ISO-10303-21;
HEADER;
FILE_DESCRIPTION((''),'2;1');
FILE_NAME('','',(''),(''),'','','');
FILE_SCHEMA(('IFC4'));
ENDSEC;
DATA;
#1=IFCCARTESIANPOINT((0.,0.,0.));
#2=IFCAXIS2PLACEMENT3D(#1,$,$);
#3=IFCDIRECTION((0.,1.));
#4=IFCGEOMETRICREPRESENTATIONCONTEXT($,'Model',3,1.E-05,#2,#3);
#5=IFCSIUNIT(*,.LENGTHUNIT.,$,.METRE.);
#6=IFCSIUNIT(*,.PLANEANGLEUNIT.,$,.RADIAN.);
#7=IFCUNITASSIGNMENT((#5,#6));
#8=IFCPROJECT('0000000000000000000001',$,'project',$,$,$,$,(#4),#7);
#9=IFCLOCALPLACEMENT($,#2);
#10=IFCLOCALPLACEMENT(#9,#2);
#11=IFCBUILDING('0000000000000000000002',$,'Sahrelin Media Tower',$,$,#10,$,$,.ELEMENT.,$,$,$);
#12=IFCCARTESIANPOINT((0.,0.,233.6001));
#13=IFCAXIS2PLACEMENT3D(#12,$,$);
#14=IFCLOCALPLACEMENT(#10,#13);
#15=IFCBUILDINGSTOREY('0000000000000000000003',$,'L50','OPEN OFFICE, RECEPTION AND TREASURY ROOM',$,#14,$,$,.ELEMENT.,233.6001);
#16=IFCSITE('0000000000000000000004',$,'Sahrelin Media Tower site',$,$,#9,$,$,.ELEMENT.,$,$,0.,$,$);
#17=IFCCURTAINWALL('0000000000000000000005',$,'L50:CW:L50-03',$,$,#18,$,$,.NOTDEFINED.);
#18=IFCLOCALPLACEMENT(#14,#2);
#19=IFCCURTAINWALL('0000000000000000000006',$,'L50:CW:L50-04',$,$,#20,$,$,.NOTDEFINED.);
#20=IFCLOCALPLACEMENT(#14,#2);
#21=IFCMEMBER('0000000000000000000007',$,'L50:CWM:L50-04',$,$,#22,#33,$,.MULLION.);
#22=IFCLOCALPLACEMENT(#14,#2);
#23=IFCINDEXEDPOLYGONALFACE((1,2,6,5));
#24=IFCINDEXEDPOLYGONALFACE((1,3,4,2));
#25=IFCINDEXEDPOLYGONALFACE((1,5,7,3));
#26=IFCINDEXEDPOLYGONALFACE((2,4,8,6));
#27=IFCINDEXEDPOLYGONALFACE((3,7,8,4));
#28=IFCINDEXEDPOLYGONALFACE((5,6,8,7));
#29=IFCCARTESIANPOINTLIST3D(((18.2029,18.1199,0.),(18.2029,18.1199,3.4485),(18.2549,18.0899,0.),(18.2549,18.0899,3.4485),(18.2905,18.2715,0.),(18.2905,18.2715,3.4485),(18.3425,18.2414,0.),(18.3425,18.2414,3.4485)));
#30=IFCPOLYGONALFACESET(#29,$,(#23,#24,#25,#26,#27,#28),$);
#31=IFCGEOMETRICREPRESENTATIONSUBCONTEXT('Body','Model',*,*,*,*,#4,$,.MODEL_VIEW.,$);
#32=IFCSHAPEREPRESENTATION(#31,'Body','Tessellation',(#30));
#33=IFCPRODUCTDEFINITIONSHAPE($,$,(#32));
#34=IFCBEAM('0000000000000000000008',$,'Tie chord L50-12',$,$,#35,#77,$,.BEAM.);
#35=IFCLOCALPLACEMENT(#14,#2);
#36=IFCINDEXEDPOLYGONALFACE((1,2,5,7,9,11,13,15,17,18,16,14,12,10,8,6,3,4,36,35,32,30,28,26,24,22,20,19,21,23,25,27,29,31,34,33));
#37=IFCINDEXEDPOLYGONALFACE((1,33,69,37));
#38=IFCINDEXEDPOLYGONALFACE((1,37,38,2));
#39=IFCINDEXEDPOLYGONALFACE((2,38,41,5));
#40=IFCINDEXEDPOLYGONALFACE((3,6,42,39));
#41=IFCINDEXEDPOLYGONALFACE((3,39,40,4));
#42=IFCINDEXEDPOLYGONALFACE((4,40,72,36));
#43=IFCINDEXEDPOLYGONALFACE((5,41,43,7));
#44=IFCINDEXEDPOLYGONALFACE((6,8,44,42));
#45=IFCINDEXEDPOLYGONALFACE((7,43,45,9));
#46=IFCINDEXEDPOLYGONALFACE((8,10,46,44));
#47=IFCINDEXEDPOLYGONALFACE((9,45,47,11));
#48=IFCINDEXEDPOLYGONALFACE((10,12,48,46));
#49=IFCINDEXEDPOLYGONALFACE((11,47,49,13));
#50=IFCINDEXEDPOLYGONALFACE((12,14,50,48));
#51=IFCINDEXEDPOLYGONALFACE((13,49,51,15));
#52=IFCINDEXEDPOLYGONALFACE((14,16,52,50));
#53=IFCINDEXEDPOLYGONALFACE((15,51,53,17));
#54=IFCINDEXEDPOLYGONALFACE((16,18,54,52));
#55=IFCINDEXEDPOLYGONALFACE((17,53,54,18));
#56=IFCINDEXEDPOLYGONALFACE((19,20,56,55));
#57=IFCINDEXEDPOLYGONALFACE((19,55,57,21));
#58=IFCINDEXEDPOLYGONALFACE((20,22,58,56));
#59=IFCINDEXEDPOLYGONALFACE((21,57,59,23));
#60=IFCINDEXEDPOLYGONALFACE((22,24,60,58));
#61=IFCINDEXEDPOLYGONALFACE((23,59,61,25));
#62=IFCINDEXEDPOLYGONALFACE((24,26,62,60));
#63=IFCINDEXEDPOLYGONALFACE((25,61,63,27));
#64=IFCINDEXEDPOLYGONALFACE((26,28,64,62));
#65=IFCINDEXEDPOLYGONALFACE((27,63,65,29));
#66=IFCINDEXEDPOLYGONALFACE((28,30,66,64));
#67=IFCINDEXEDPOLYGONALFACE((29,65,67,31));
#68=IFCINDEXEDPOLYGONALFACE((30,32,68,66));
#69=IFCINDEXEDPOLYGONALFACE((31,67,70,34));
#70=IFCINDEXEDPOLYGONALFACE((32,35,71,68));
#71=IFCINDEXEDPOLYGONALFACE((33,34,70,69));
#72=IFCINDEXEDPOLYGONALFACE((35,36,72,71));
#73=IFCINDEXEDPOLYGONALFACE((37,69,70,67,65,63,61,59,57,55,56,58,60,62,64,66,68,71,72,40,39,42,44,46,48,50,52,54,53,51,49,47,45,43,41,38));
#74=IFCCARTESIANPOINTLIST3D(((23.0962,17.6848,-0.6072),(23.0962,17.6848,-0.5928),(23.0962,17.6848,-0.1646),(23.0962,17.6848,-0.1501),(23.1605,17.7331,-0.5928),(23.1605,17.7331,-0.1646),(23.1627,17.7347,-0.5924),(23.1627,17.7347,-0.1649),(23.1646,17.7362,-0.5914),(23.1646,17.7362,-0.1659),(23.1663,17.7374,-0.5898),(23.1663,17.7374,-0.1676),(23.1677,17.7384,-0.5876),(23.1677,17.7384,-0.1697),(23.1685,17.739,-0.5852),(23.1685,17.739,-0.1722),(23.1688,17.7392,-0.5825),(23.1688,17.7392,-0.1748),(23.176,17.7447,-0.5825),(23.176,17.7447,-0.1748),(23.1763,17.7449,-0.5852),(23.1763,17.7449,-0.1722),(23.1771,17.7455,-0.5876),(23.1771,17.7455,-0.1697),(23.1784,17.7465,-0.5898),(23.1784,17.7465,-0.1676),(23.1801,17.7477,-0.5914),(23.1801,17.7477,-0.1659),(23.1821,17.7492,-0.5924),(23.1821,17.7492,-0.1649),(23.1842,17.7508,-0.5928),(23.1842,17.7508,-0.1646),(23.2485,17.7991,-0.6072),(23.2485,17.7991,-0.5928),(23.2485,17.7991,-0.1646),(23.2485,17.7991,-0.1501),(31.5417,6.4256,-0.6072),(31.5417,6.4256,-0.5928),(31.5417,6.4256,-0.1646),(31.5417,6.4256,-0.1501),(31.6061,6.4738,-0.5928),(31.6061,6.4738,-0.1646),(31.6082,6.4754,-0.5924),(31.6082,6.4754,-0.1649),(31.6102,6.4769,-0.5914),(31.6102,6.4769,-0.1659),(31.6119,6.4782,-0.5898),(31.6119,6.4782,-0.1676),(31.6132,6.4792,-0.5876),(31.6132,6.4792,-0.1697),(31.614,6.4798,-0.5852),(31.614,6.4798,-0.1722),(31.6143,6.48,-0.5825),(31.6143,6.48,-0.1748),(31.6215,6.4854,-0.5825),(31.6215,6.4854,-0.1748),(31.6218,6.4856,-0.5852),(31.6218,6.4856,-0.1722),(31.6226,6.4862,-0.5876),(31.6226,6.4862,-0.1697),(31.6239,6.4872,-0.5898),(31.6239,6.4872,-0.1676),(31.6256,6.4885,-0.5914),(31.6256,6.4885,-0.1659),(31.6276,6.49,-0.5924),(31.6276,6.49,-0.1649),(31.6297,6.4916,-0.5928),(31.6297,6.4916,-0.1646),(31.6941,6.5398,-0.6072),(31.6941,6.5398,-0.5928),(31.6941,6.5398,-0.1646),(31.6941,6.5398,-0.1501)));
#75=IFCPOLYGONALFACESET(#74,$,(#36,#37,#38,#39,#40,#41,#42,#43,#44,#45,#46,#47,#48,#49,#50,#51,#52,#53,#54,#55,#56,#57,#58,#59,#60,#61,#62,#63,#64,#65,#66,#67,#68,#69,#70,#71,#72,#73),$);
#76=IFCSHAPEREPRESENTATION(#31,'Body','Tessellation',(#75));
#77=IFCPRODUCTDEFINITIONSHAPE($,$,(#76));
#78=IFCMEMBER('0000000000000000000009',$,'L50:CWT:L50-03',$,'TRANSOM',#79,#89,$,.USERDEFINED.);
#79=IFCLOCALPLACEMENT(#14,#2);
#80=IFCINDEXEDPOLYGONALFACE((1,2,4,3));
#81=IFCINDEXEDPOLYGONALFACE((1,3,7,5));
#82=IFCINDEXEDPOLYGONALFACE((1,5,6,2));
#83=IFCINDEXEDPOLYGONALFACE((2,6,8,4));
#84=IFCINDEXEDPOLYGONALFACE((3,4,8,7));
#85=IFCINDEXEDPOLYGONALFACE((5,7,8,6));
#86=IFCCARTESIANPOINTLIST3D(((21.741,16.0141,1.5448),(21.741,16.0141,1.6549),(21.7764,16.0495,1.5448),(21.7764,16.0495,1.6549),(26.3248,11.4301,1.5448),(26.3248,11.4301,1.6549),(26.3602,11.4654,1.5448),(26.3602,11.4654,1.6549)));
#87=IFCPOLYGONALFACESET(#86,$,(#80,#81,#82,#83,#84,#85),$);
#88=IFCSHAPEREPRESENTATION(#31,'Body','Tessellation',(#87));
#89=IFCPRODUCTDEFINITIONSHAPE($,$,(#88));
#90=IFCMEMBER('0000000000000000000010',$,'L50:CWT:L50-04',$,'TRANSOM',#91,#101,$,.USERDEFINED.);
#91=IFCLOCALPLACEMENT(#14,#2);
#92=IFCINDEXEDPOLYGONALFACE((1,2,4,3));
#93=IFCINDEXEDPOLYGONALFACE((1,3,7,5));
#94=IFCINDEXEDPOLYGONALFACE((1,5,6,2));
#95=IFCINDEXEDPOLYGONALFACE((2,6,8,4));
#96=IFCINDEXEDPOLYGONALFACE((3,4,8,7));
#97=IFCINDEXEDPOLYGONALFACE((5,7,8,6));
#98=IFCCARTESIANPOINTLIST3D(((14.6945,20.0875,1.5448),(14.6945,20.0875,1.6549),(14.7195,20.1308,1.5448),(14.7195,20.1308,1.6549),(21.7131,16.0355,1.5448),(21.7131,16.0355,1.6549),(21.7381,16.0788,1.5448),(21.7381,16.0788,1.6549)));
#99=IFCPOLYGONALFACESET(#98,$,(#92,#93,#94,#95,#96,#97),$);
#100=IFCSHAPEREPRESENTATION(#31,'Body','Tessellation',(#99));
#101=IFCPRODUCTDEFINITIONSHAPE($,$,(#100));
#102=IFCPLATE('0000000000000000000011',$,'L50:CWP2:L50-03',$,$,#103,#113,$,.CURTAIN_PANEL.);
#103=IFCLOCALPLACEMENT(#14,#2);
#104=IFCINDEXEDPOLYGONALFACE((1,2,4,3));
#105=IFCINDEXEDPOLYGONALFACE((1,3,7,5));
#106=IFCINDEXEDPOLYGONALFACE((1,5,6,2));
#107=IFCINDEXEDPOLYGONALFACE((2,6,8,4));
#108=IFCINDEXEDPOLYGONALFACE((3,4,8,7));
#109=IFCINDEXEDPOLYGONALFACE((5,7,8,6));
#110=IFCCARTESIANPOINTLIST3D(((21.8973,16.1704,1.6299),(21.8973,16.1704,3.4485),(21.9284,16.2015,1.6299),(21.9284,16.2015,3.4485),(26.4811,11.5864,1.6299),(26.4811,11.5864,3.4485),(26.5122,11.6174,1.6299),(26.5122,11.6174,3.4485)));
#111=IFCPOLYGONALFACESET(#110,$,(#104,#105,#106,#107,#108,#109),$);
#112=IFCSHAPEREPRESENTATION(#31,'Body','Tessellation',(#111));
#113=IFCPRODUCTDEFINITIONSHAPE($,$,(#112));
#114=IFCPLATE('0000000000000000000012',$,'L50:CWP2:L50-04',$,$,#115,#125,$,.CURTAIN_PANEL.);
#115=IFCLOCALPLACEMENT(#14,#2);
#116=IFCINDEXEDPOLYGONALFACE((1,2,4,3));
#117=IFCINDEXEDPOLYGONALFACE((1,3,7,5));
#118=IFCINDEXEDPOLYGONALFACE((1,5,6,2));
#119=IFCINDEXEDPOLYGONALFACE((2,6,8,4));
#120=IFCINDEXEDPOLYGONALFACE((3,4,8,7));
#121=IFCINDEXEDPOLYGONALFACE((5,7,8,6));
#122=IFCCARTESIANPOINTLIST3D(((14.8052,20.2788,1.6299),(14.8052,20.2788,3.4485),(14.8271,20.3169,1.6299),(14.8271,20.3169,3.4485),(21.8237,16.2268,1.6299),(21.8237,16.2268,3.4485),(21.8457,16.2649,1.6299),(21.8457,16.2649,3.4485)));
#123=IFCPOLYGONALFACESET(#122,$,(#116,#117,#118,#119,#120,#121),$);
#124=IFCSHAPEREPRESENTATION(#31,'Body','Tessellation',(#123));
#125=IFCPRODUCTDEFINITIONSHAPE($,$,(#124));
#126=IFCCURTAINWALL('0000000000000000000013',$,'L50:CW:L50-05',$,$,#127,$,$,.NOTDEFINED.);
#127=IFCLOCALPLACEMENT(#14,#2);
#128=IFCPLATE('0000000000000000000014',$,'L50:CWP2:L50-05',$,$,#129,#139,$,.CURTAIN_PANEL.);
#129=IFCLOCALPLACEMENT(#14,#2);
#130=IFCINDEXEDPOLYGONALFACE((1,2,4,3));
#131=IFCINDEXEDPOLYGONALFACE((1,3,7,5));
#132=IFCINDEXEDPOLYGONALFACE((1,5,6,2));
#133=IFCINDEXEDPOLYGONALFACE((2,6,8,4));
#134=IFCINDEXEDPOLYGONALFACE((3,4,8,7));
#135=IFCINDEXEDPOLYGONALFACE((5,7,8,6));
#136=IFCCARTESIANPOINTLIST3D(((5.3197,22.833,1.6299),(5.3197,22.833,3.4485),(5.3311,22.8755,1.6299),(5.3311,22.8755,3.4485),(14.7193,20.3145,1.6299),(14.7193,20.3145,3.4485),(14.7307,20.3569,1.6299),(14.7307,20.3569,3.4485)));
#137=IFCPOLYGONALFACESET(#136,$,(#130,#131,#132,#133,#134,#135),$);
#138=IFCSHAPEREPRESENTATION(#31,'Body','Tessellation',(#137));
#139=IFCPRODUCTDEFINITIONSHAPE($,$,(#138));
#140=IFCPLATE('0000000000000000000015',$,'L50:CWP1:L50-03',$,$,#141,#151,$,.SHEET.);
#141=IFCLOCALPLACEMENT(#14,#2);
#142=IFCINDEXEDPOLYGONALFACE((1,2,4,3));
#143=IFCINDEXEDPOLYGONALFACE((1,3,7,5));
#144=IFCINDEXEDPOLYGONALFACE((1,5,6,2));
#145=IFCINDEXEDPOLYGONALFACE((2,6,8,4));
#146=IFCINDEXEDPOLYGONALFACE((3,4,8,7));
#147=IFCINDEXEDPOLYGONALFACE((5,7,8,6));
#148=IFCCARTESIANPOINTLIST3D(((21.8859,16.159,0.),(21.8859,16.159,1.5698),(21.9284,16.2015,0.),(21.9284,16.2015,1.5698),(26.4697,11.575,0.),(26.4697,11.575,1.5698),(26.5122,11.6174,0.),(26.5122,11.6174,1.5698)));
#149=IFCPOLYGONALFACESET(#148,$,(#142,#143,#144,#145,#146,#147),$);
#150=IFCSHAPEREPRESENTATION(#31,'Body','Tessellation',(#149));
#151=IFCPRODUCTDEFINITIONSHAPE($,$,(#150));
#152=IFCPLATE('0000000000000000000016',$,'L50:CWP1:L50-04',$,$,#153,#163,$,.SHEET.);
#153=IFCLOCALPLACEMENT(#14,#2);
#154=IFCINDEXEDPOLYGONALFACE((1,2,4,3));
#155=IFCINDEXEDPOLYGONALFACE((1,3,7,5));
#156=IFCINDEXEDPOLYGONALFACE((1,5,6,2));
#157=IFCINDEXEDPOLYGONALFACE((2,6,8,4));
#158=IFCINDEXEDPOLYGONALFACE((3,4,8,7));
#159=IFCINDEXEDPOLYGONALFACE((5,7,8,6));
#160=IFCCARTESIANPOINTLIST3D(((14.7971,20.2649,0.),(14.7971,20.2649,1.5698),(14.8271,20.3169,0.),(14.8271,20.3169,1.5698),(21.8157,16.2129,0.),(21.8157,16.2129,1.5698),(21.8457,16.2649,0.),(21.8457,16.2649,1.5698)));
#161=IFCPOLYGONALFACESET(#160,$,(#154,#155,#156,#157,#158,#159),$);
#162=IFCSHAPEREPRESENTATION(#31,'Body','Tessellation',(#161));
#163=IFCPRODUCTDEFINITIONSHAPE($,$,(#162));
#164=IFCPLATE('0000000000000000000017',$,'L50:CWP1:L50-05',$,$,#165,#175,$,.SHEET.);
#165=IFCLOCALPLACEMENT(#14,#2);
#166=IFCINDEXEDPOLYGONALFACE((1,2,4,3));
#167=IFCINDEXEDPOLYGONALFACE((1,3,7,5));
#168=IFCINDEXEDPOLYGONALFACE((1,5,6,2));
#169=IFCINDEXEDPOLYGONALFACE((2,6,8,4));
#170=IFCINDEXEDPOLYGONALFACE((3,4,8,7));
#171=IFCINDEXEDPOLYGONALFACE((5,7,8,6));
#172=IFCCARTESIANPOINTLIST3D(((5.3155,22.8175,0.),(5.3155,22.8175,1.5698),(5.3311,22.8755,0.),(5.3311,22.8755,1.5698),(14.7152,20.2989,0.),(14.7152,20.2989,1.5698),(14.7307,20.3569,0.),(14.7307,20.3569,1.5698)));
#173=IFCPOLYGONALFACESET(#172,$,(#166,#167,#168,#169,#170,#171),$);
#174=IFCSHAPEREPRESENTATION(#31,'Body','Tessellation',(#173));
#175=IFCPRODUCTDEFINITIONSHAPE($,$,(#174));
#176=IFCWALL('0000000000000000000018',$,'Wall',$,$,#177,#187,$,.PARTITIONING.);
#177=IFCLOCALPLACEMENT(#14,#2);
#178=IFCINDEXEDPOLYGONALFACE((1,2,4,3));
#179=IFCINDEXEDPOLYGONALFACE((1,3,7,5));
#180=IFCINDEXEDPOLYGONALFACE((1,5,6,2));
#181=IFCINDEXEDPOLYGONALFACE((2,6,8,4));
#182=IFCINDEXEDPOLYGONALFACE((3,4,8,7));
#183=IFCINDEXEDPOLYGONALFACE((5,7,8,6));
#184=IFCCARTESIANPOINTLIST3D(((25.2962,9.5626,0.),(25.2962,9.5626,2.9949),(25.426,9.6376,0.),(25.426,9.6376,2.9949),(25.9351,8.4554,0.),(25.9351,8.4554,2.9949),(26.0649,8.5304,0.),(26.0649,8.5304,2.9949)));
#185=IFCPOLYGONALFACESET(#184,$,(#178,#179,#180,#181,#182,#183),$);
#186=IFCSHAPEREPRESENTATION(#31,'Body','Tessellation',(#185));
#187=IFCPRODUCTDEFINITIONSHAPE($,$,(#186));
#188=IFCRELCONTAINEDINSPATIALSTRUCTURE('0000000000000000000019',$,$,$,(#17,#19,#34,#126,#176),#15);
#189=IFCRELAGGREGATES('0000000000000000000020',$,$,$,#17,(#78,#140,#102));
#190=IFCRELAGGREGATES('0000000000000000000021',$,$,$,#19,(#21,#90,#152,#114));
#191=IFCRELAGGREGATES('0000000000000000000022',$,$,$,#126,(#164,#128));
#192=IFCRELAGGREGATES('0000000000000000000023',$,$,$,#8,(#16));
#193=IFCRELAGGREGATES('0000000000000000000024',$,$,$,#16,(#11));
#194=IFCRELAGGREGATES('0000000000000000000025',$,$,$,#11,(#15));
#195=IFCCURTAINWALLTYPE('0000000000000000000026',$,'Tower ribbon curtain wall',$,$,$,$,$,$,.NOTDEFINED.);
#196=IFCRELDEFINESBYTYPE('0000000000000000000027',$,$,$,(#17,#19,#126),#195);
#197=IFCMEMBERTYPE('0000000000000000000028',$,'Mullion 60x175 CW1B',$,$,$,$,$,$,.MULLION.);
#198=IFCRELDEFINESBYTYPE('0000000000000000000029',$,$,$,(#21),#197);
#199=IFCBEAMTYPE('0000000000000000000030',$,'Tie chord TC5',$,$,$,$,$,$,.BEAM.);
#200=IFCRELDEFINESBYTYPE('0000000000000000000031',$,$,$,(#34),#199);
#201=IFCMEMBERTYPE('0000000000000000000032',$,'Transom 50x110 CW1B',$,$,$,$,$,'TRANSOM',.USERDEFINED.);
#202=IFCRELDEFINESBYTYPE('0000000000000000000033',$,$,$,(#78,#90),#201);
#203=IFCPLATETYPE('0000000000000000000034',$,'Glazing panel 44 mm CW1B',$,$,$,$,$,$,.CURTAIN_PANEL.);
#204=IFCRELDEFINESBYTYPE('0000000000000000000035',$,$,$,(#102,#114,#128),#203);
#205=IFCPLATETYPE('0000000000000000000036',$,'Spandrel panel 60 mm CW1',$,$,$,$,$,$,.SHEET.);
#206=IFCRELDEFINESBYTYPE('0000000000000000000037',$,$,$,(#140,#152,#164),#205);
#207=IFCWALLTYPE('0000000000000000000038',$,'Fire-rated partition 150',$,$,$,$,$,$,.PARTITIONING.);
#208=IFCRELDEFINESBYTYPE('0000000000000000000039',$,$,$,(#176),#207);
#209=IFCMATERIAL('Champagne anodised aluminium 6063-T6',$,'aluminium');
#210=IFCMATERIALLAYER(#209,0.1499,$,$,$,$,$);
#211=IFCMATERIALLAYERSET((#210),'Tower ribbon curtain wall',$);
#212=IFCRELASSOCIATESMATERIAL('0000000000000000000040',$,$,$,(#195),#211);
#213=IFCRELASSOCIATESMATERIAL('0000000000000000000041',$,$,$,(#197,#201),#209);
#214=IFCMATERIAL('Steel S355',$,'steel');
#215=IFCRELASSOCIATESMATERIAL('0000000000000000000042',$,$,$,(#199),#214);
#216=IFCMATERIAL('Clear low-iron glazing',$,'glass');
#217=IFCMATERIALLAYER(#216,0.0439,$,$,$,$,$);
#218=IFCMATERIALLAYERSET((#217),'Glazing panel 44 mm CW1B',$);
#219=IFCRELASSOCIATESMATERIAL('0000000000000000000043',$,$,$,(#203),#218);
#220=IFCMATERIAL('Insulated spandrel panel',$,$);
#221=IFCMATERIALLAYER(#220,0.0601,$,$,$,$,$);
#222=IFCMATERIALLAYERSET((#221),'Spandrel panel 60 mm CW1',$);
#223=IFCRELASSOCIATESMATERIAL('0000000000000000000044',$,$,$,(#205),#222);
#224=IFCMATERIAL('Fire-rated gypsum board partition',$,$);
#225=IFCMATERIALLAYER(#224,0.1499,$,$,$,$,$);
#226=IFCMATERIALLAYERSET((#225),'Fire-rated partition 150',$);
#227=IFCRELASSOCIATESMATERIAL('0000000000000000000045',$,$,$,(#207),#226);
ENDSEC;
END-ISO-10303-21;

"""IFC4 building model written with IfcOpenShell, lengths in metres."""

from ifc_helpers import new_model, si_unit, direction, frame, frame_2d, origin, origin_2d, place, context, subcontext, project, spatial, polyline, rectangle, i_section, outline, extrude, material, layer, layer_set, material_profile, profile_set, type_object, element, aggregate, save


model = new_model("IFC4")

# Units and contexts
model_context = context("Model", 3, precision=1e-05, world=origin(), true_north=direction((0.0, 1.0)))
body_context = subcontext(model_context, "Body", "Model", "MODEL_VIEW")
ifc_project = project(units=[si_unit("LENGTHUNIT", "METRE"), si_unit("PLANEANGLEUNIT", "RADIAN")], contexts=[model_context])

# Site, building, storey
site_placement = place(None, origin())
site = spatial("IfcSite", under=ifc_project, at=site_placement, Name="Sahrelin Media Tower site", CompositionType="ELEMENT", RefElevation=0.0)
building_placement = place(site_placement, origin())
building = spatial("IfcBuilding", under=site, at=building_placement, Name="Sahrelin Media Tower", CompositionType="ELEMENT")
storey_placement = place(building_placement, frame((0.0, 0.0, 233.6001)))
storey = spatial("IfcBuildingStorey", under=building, at=storey_placement, Name="L50", Description="OPEN OFFICE, RECEPTION AND TREASURY ROOM", CompositionType="ELEMENT", Elevation=233.6001)

# Shared definitions
ifc_material_1 = material(Name="Steel S355", Category="steel")

# Curtain walls, member
ifc_material_2 = material(Name="Champagne anodised aluminium 6063-T6", Category="aluminium")
ifc_layer_1 = layer(ifc_material_2, 0.1499)
ifc_layer_set_1 = layer_set([ifc_layer_1], Name="Tower ribbon curtain wall")
curtain_wall_type = type_object("IfcCurtainWallType", Name="Tower ribbon curtain wall", PredefinedType="NOTDEFINED", material=ifc_layer_set_1)
curtain_wall_1_placement = place(storey_placement, frame((24.2063, 13.8953, 0.0), z_axis=(0.0, 0.0, 1.0), x_axis=(1.0, 0.0, 0.0)))
curtain_wall_1 = element("IfcCurtainWall", 1, at=curtain_wall_1_placement, inside=storey, type_object=curtain_wall_type, Name="L50:CW:L50-03", PredefinedType="NOTDEFINED")
ifc_material_profile_1 = material_profile(ifc_material_2, rectangle(XDim=0.0601, YDim=0.175, at=origin_2d()), Name="Mullion 60x175")
ifc_profile_set_1 = profile_set([ifc_material_profile_1], Name="Champagne anodised aluminium 6063-T6")
member_type_1 = type_object("IfcMemberType", Name="Mullion 60x175 CW1B", PredefinedType="MULLION", material=ifc_profile_set_1)
curtain_wall_2_placement = place(storey_placement, frame((18.3264, 18.2737, 0.0), z_axis=(0.0, 0.0, 1.0), x_axis=(1.0, 0.0, 0.0)))
curtain_wall_2 = element("IfcCurtainWall", 2, at=curtain_wall_2_placement, inside=storey, type_object=curtain_wall_type, Name="L50:CW:L50-04", PredefinedType="NOTDEFINED")
member_1_placement = place(storey_placement, frame((18.2727, 18.1807, 0.0), z_axis=(0.0, 0.0, 1.0), x_axis=(-0.866027, 0.499997, 0.0)))
member_1 = element("IfcMember", 3, at=member_1_placement, type_object=member_type_1, Name="L50:CWM:L50-04", PredefinedType="MULLION", context=body_context, shape_type="SweptSolid", body=[
    extrude(rectangle(XDim=0.0601, YDim=0.175, at=origin_2d()), origin(), (0.0, 0.0, 1.0), 3.4485),
])

# Beam
ifc_material_profile_2 = material_profile(ifc_material_1, i_section(OverallWidth=0.1904, OverallDepth=0.457, WebThickness=0.009, FlangeThickness=0.0144, FilletRadius=0.0103, at=origin_2d()), Name="UB 457x191x74")
ifc_profile_set_2 = profile_set([ifc_material_profile_2], Name="Steel S355")
beam_type_1 = type_object("IfcBeamType", Name="Tie chord TC5", PredefinedType="BEAM", material=ifc_profile_set_2)
beam_1_placement = place(storey_placement, frame((23.1724, 17.7419, -0.3787), z_axis=(0.60005, -0.799963, 0.0), x_axis=(0.799963, 0.60005, 0.0)))
element("IfcBeam", 4, at=beam_1_placement, inside=storey, type_object=beam_type_1, Name="Tie chord L50-12", PredefinedType="BEAM", context=body_context, shape_type="SweptSolid", body=[
    extrude(i_section(OverallWidth=0.1904, OverallDepth=0.457, WebThickness=0.009, FlangeThickness=0.0144, FilletRadius=0.0103, at=origin_2d()), origin(), (0.0, 0.0, 1.0), 14.0747),
])

# Members
ifc_material_profile_3 = material_profile(ifc_material_2, rectangle(XDim=0.05, YDim=0.1101, at=origin_2d()), Name="Transom 50x110")
ifc_profile_set_3 = profile_set([ifc_material_profile_3], Name="Champagne anodised aluminium 6063-T6")
member_type_2 = type_object("IfcMemberType", Name="Transom 50x110 CW1B", ElementType="TRANSOM", PredefinedType="USERDEFINED", material=ifc_profile_set_3)
member_2_placement = place(storey_placement, frame((26.3425, 11.4478, 1.5999), z_axis=(-0.707088, 0.707126, 0.0), x_axis=(-0.707126, -0.707088, 0.0)))
member_2 = element("IfcMember", 5, at=member_2_placement, type_object=member_type_2, Name="L50:CWT:L50-03", ObjectType="TRANSOM", PredefinedType="USERDEFINED", context=body_context, shape_type="SweptSolid", body=[
    extrude(rectangle(XDim=0.05, YDim=0.1101, at=origin_2d()), origin(), (0.0, 0.0, 1.0), 6.4827),
])
member_3_placement = place(storey_placement, frame((21.7256, 16.0571, 1.5999), z_axis=(-0.866034, 0.499985, 0.0), x_axis=(-0.499985, -0.866034, 0.0)))
member_3 = element("IfcMember", 6, at=member_3_placement, type_object=member_type_2, Name="L50:CWT:L50-04", ObjectType="TRANSOM", PredefinedType="USERDEFINED", context=body_context, shape_type="SweptSolid", body=[
    extrude(rectangle(XDim=0.05, YDim=0.1101, at=origin_2d()), origin(), (0.0, 0.0, 1.0), 8.1042),
])

# Plates
ifc_material_3 = material(Name="Clear low-iron glazing", Category="glass")
ifc_layer_2 = layer(ifc_material_3, 0.0439)
ifc_layer_set_2 = layer_set([ifc_layer_2], Name="Glazing panel 44 mm CW1B")
plate_type_1 = type_object("IfcPlateType", Name="Glazing panel 44 mm CW1B", PredefinedType="CURTAIN_PANEL", material=ifc_layer_set_2)
plate_1_placement = place(storey_placement, frame((26.5122, 11.6174, 1.6299), z_axis=(0.707126, 0.707088, 0.0), x_axis=(-0.707088, 0.707126, 0.0)))
plate_1 = element("IfcPlate", 7, at=plate_1_placement, type_object=plate_type_1, Name="L50:CWP2:L50-03", PredefinedType="CURTAIN_PANEL", context=body_context, shape_type="SweptSolid", body=[
    extrude(outline(polyline([(0.0, 0.0), (6.4827, 0.0), (6.4827, 1.8186), (0.0, 1.8186), (0.0, 0.0)])), origin(), (0.0, 0.0, -1.0), 0.0439),
])
plate_2_placement = place(storey_placement, frame((21.8457, 16.2649, 1.6299), z_axis=(0.499985, 0.866034, 0.0), x_axis=(-0.866034, 0.499985, 0.0)))
plate_2 = element("IfcPlate", 8, at=plate_2_placement, type_object=plate_type_1, Name="L50:CWP2:L50-04", PredefinedType="CURTAIN_PANEL", context=body_context, shape_type="SweptSolid", body=[
    extrude(outline(polyline([(0.0, 0.0), (8.1042, 0.0), (8.1042, 1.8186), (0.0, 1.8186), (0.0, 0.0)])), origin(), (0.0, 0.0, -1.0), 0.0439),
])

# Curtain wall, plate
curtain_wall_3_placement = place(storey_placement, frame((10.0256, 21.5969, 0.0), z_axis=(0.0, 0.0, 1.0), x_axis=(1.0, 0.0, 0.0)))
curtain_wall_3 = element("IfcCurtainWall", 9, at=curtain_wall_3_placement, inside=storey, type_object=curtain_wall_type, Name="L50:CW:L50-05", PredefinedType="NOTDEFINED")
plate_3_placement = place(storey_placement, frame((14.7307, 20.3569, 1.6299), z_axis=(0.258812, 0.965928, 0.0), x_axis=(-0.965928, 0.258812, 0.0)))
plate_3 = element("IfcPlate", 10, at=plate_3_placement, type_object=plate_type_1, Name="L50:CWP2:L50-05", PredefinedType="CURTAIN_PANEL", context=body_context, shape_type="SweptSolid", body=[
    extrude(outline(polyline([(0.0, 0.0), (9.7312, 0.0), (9.7312, 1.8186), (0.0, 1.8186), (0.0, 0.0)])), origin(), (0.0, 0.0, -1.0), 0.0439),
])

# Plates
ifc_material_4 = material(Name="Insulated spandrel panel")
ifc_layer_3 = layer(ifc_material_4, 0.0601)
ifc_layer_set_3 = layer_set([ifc_layer_3], Name="Spandrel panel 60 mm CW1")
plate_type_2 = type_object("IfcPlateType", Name="Spandrel panel 60 mm CW1", PredefinedType="SHEET", material=ifc_layer_set_3)
plate_4_placement = place(storey_placement, frame((26.5122, 11.6174, 0.0), z_axis=(0.707126, 0.707088, 0.0), x_axis=(-0.707088, 0.707126, 0.0)))
plate_4 = element("IfcPlate", 11, at=plate_4_placement, type_object=plate_type_2, Name="L50:CWP1:L50-03", PredefinedType="SHEET", context=body_context, shape_type="SweptSolid", body=[
    extrude(outline(polyline([(0.0, 0.0), (6.4827, 0.0), (6.4827, 1.5698), (0.0, 1.5698), (0.0, 0.0)])), origin(), (0.0, 0.0, -1.0), 0.0601),
])
aggregate(curtain_wall_1, [member_2, plate_4, plate_1])
plate_5_placement = place(storey_placement, frame((21.8457, 16.2649, 0.0), z_axis=(0.499985, 0.866034, 0.0), x_axis=(-0.866034, 0.499985, 0.0)))
plate_5 = element("IfcPlate", 12, at=plate_5_placement, type_object=plate_type_2, Name="L50:CWP1:L50-04", PredefinedType="SHEET", context=body_context, shape_type="SweptSolid", body=[
    extrude(outline(polyline([(0.0, 0.0), (8.1042, 0.0), (8.1042, 1.5698), (0.0, 1.5698), (0.0, 0.0)])), origin(), (0.0, 0.0, -1.0), 0.0601),
])
aggregate(curtain_wall_2, [member_1, member_3, plate_5, plate_2])
plate_6_placement = place(storey_placement, frame((14.7307, 20.3569, 0.0), z_axis=(0.258812, 0.965928, 0.0), x_axis=(-0.965928, 0.258812, 0.0)))
plate_6 = element("IfcPlate", 13, at=plate_6_placement, type_object=plate_type_2, Name="L50:CWP1:L50-05", PredefinedType="SHEET", context=body_context, shape_type="SweptSolid", body=[
    extrude(outline(polyline([(0.0, 0.0), (9.7312, 0.0), (9.7312, 1.5698), (0.0, 1.5698), (0.0, 0.0)])), origin(), (0.0, 0.0, -1.0), 0.0601),
])
aggregate(curtain_wall_3, [plate_6, plate_3])

# Wall
ifc_material_5 = material(Name="Fire-rated gypsum board partition")
ifc_layer_4 = layer(ifc_material_5, 0.1499)
ifc_layer_set_4 = layer_set([ifc_layer_4], Name="Fire-rated partition 150")
wall_type = type_object("IfcWallType", Name="Fire-rated partition 150", PredefinedType="PARTITIONING", material=ifc_layer_set_4)
wall_1_placement = place(storey_placement, frame((25.3611, 9.6001, 0.0), z_axis=(0.0, 0.0, 1.0), x_axis=(0.499816, -0.866132, 0.0)))
element("IfcWall", 14, at=wall_1_placement, inside=storey, type_object=wall_type, Name="Wall", PredefinedType="PARTITIONING", context=body_context, shape_type="SweptSolid", body=[
    extrude(rectangle(XDim=1.2783, YDim=0.1499, at=frame_2d((0.6392, 0.0))), origin(), (0.0, 0.0, 1.0), 2.9949),
])

save(model, "model.ifc")
